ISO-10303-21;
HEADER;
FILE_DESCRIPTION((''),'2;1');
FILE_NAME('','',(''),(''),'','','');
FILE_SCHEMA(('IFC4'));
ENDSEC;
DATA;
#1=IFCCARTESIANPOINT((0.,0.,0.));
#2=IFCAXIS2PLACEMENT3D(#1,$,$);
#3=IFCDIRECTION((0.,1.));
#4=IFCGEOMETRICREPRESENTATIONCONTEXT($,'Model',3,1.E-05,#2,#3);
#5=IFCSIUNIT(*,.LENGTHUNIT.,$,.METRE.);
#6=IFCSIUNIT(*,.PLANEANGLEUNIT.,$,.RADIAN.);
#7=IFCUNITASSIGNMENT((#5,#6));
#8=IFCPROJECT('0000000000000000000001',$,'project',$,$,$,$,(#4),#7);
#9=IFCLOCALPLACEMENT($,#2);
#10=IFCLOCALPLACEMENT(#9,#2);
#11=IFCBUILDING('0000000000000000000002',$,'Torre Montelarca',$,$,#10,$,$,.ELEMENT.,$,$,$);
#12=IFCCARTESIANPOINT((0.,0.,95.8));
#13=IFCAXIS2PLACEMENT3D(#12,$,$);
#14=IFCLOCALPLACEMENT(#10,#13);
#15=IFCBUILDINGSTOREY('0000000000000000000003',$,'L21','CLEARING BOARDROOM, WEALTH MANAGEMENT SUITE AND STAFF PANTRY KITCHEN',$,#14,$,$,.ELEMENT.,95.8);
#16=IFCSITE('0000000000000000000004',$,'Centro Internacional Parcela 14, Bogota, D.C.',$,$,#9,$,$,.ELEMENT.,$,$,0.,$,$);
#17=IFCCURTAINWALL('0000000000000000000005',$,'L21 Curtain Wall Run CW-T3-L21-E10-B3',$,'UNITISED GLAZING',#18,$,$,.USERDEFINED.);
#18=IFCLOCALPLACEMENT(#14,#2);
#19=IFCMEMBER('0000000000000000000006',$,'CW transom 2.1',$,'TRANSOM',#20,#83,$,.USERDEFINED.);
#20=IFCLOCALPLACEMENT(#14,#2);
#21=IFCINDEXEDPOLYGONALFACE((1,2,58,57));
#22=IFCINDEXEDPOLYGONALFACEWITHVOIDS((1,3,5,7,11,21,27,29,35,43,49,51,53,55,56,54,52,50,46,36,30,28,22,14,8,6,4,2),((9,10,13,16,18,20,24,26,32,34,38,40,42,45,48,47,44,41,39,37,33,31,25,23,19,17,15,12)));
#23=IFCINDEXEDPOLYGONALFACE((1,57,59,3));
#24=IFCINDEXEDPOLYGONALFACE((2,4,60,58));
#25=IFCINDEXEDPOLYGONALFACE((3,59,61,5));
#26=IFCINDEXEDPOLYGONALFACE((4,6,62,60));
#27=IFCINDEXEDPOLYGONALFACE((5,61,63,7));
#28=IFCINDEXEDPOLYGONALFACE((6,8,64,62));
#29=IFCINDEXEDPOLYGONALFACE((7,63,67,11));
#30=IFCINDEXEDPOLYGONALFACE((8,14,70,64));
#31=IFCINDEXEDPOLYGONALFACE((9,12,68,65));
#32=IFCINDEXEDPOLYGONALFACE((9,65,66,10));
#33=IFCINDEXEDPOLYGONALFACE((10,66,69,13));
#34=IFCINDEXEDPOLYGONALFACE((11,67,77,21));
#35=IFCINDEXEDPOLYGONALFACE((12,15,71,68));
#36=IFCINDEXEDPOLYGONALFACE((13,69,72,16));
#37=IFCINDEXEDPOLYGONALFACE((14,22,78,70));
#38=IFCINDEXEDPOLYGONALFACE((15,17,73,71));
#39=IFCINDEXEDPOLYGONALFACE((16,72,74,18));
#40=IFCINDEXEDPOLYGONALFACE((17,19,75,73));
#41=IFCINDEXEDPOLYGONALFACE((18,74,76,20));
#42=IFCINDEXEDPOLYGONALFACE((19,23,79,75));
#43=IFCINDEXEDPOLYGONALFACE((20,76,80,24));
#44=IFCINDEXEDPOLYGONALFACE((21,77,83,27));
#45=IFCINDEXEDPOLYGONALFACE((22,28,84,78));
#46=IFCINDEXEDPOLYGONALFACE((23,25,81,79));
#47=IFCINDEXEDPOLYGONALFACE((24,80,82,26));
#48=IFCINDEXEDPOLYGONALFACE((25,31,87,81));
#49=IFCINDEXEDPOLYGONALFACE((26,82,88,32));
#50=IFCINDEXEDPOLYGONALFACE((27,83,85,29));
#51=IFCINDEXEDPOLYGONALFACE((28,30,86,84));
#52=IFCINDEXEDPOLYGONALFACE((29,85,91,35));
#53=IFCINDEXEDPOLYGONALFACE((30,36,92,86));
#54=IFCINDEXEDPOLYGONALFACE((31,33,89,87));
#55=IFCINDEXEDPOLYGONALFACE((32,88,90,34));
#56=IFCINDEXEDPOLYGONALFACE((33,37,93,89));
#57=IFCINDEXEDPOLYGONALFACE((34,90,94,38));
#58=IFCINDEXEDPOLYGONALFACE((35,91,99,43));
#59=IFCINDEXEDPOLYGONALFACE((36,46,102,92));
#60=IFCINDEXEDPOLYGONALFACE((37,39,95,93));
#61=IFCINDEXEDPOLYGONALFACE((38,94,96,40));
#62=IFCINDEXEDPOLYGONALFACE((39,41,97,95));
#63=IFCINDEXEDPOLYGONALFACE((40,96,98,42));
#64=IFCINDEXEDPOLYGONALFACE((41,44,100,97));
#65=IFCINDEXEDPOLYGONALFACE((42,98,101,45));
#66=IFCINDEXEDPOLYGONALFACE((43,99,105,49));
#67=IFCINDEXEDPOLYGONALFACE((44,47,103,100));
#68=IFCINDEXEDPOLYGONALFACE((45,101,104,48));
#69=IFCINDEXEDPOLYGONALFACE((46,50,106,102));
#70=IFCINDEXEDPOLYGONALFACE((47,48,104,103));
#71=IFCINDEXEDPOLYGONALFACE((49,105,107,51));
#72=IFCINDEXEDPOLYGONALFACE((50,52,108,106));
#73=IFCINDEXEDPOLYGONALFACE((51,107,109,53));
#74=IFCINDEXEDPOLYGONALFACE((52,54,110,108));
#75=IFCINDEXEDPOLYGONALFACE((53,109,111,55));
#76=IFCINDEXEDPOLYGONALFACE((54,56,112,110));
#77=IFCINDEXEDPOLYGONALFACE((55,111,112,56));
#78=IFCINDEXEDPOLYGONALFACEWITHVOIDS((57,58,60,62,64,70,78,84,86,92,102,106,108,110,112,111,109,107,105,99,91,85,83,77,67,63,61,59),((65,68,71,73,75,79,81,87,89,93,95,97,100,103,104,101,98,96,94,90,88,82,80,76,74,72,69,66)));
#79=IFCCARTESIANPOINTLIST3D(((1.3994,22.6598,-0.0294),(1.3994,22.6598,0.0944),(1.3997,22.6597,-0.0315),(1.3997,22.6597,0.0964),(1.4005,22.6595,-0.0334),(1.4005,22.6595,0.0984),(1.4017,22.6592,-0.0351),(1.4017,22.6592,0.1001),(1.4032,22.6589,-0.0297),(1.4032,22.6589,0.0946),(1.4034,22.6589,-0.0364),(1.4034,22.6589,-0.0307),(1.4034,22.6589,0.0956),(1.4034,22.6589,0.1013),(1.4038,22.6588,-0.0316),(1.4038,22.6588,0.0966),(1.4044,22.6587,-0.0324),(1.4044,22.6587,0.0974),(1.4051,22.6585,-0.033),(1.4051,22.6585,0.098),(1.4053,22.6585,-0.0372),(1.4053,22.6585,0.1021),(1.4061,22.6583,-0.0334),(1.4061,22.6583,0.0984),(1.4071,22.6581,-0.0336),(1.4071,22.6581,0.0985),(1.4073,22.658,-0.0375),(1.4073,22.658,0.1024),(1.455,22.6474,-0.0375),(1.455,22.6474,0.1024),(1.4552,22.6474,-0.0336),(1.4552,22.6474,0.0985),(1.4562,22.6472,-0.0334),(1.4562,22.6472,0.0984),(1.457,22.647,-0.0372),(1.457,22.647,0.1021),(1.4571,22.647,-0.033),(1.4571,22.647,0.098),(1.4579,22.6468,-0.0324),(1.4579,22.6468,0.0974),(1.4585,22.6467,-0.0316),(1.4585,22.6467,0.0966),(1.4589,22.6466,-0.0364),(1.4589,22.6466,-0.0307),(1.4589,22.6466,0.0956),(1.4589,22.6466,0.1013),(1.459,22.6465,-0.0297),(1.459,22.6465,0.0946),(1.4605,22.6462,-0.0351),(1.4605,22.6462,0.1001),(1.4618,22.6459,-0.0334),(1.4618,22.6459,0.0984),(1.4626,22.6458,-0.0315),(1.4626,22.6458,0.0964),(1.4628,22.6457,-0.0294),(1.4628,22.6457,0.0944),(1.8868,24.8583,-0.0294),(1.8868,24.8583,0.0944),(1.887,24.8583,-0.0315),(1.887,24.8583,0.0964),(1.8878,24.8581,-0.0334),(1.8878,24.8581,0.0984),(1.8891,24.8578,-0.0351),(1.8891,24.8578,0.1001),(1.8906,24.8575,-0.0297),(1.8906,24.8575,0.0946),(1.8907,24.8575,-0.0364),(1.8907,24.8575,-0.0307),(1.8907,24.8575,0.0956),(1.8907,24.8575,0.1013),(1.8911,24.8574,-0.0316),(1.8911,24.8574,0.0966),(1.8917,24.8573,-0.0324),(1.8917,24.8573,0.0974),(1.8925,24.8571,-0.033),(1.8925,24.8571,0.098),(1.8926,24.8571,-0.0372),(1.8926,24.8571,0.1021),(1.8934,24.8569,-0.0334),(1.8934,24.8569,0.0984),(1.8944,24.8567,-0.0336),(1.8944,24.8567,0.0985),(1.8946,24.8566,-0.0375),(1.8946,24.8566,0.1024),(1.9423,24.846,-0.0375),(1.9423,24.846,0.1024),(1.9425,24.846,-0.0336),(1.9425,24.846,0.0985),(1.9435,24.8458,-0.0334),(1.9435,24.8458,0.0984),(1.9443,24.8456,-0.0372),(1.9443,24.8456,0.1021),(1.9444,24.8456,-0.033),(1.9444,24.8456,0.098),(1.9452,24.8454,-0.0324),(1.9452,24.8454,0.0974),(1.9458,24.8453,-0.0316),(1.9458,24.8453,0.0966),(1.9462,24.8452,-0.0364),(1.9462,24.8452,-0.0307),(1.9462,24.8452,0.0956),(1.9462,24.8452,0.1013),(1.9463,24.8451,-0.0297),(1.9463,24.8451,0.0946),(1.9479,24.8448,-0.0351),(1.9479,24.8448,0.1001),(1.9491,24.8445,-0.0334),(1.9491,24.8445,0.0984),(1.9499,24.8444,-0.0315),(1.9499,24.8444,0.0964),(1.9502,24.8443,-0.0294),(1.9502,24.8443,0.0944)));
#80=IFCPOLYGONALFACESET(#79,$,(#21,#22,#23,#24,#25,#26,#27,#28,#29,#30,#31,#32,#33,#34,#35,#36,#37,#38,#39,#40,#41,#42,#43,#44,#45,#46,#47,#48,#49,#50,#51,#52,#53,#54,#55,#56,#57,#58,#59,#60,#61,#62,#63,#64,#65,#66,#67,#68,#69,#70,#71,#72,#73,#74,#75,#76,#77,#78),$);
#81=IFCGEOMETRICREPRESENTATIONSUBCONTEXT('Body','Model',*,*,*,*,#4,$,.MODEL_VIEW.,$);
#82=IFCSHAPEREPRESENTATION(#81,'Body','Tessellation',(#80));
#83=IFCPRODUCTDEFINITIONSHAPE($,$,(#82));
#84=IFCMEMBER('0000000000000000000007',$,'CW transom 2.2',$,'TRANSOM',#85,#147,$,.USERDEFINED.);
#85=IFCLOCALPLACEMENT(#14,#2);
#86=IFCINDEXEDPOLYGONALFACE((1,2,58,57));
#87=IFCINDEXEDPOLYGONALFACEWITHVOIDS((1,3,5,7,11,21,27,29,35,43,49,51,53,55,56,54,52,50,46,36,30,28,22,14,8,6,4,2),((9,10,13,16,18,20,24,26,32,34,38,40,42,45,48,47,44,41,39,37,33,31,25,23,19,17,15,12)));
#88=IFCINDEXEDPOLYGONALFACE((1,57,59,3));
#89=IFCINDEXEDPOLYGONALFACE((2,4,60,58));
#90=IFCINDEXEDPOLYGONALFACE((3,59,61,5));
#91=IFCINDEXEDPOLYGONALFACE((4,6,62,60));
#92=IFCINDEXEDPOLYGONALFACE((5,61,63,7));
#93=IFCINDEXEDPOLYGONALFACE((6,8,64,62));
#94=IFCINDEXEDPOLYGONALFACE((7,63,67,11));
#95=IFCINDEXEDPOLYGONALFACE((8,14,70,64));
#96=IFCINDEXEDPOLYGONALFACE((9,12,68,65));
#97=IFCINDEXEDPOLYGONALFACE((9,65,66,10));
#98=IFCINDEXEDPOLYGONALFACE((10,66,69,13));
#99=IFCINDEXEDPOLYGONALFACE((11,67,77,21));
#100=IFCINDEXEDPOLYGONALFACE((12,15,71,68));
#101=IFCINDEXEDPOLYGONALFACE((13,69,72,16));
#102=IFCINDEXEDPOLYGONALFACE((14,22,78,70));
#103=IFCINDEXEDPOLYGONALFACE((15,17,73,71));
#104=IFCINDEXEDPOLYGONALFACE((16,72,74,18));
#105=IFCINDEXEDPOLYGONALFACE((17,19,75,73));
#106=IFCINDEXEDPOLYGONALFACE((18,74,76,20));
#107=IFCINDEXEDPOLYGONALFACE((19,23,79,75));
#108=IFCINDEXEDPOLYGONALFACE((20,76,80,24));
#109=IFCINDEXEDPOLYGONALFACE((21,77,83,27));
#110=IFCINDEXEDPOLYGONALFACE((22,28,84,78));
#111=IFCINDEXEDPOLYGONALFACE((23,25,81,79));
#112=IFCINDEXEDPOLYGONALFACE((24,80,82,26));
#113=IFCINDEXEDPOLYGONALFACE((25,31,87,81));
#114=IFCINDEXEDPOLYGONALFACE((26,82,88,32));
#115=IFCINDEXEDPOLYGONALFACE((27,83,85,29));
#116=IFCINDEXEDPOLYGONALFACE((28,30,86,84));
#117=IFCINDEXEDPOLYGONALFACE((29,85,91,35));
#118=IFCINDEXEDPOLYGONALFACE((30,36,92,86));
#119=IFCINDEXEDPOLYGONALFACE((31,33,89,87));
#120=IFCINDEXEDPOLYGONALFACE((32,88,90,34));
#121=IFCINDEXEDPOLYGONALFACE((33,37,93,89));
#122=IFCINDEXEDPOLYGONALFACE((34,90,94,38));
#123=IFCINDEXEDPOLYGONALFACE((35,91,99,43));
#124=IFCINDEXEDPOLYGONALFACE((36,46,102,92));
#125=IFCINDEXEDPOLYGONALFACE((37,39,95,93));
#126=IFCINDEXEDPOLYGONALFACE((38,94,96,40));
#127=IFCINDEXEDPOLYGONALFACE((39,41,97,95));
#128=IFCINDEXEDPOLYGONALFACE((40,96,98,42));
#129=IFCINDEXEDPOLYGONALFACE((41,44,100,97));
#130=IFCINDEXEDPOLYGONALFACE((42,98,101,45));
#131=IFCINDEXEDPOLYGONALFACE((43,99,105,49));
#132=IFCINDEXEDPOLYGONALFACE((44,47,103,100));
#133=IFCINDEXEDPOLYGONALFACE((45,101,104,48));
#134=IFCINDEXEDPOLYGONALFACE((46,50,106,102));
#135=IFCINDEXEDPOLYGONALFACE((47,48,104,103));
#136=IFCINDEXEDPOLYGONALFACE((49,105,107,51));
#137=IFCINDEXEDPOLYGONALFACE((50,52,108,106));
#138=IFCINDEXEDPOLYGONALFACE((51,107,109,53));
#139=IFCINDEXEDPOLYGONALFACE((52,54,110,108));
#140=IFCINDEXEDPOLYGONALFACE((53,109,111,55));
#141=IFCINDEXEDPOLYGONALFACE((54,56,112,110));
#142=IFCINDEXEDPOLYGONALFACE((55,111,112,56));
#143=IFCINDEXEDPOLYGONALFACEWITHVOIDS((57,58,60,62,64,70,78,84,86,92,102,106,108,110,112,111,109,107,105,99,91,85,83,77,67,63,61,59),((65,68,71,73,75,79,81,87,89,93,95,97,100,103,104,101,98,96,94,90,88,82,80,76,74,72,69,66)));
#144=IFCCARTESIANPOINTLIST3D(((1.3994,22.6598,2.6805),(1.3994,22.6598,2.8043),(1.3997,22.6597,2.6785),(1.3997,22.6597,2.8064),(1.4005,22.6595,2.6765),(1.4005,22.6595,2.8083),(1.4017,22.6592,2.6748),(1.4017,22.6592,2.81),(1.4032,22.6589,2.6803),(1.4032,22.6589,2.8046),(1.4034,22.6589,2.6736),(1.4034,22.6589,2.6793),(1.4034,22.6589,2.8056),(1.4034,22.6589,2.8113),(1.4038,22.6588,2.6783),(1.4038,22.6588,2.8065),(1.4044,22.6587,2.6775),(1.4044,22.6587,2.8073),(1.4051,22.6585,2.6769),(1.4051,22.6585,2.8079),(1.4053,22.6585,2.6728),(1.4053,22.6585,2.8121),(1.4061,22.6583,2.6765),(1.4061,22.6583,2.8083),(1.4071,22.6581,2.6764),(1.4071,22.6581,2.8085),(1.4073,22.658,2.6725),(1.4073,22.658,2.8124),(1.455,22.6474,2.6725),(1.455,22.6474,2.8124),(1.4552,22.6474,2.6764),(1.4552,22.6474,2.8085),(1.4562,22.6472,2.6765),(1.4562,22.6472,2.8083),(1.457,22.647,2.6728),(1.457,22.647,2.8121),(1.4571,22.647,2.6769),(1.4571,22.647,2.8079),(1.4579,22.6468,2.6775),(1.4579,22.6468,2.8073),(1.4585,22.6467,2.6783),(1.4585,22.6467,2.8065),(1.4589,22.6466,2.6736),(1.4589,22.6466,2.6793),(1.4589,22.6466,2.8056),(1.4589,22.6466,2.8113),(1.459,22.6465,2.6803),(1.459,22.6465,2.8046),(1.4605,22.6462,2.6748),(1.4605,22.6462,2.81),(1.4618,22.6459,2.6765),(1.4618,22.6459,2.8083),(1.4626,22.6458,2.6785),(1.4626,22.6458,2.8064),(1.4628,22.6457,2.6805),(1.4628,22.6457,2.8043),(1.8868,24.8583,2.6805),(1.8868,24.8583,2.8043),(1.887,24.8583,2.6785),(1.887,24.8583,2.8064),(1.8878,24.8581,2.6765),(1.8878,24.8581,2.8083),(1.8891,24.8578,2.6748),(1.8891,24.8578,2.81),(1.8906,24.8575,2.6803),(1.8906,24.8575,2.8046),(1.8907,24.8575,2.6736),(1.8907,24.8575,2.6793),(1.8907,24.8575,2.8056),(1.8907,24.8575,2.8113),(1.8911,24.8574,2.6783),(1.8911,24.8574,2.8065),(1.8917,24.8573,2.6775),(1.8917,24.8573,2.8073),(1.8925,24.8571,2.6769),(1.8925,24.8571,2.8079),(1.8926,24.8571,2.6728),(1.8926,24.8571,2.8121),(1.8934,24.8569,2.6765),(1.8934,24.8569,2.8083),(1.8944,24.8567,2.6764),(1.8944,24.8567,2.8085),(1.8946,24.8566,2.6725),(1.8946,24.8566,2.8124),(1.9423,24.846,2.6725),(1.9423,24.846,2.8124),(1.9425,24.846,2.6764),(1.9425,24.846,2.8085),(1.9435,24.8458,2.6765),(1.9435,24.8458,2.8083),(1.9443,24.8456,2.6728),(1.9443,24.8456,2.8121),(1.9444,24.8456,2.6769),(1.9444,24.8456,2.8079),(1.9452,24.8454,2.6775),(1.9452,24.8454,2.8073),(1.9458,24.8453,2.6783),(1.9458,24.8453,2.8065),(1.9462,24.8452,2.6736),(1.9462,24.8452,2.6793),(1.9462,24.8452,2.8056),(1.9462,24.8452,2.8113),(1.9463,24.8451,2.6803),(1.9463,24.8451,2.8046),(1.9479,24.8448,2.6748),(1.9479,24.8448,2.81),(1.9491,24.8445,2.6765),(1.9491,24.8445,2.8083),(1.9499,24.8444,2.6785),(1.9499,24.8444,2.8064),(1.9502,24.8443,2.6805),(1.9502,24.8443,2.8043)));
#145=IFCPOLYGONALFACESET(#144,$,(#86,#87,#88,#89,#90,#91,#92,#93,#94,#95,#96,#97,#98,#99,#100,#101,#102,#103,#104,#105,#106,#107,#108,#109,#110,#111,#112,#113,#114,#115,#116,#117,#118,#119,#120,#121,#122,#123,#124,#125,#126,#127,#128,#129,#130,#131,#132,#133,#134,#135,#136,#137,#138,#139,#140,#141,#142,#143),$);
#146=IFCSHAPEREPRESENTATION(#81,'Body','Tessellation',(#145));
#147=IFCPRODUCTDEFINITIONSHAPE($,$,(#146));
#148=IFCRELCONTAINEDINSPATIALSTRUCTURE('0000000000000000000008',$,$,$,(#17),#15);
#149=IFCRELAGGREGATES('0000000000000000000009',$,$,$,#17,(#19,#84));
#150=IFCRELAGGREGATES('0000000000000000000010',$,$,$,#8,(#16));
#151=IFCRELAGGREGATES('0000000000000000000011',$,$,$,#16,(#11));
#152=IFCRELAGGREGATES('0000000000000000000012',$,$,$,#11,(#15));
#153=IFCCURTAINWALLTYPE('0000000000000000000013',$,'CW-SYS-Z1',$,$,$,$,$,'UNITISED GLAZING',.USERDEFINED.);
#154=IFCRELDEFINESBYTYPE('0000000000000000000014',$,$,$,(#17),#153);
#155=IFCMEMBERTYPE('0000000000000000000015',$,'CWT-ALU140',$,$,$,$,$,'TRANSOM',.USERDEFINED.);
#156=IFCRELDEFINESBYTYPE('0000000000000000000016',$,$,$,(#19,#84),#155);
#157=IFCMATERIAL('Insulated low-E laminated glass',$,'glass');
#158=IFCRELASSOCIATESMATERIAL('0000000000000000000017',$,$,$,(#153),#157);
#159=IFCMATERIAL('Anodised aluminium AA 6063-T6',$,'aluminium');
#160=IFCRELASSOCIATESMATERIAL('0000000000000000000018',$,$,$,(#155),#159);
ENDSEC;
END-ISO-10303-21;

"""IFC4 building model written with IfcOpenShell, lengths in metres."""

from ifc_helpers import new_model, si_unit, direction, frame, origin, origin_2d, place, context, subcontext, project, spatial, hollow_rectangle, extrude, source, transform, mapped, material, material_profile, profile_set, type_object, element, aggregate, save


model = new_model("IFC4")

# Units and contexts
model_context = context("Model", 3, precision=1e-05, world=origin(), true_north=direction((0.0, 1.0)))
body_context = subcontext(model_context, "Body", "Model", "MODEL_VIEW")
ifc_project = project(units=[si_unit("LENGTHUNIT", "METRE"), si_unit("PLANEANGLEUNIT", "RADIAN")], contexts=[model_context])

# Site, building, storey
site_placement = place(None, origin())
site = spatial("IfcSite", under=ifc_project, at=site_placement, Name="Centro Internacional Parcela 14, Bogota, D.C.", CompositionType="ELEMENT", RefElevation=0.0)
building_placement = place(site_placement, origin())
building = spatial("IfcBuilding", under=site, at=building_placement, Name="Torre Montelarca", CompositionType="ELEMENT")
storey_placement = place(building_placement, frame((0.0, 0.0, 95.8)))
storey = spatial("IfcBuildingStorey", under=building, at=storey_placement, Name="L21", Description="CLEARING BOARDROOM, WEALTH MANAGEMENT SUITE AND STAFF PANTRY KITCHEN", CompositionType="ELEMENT", Elevation=95.8)

# Curtain wall, members
ifc_material_1 = material(Name="Insulated low-E laminated glass", Category="glass")
curtain_wall_type = type_object("IfcCurtainWallType", Name="CW-SYS-Z1", ElementType="UNITISED GLAZING", PredefinedType="USERDEFINED", material=ifc_material_1)
curtain_wall_1_placement = place(storey_placement, origin())
curtain_wall_1 = element("IfcCurtainWall", 1, at=curtain_wall_1_placement, inside=storey, type_object=curtain_wall_type, Name="L21 Curtain Wall Run CW-T3-L21-E10-B3", ObjectType="UNITISED GLAZING", PredefinedType="USERDEFINED")
ifc_material_2 = material(Name="Anodised aluminium AA 6063-T6", Category="aluminium")
ifc_material_profile_1 = material_profile(ifc_material_2, hollow_rectangle(XDim=0.0649, YDim=0.1399, WallThickness=0.0039, InnerFilletRadius=0.0039, OuterFilletRadius=0.0081, at=origin_2d()), Name="ALU65X140X4", Category="aluminium")
ifc_profile_set_1 = profile_set([ifc_material_profile_1], Name="Anodised aluminium AA 6063-T6")
member_type_1 = type_object("IfcMemberType", Name="CWT-ALU140", ElementType="TRANSOM", PredefinedType="USERDEFINED", material=ifc_profile_set_1)
shared_shape_1 = source(origin(), body_context, "Body", "SweptSolid", [
    extrude(hollow_rectangle(XDim=0.0649, YDim=0.1399, WallThickness=0.0039, InnerFilletRadius=0.0039, OuterFilletRadius=0.0081, at=origin_2d()), origin(), (0.0, 0.0, 1.0), 2.252),
])
member_1_placement = place(storey_placement, frame((1.9185, 24.8513, 0.0325), z_axis=(-0.216402, -0.976304, 0.0), x_axis=(0.976304, -0.216402, 0.0)))
member_1 = element("IfcMember", 2, at=member_1_placement, type_object=member_type_1, Name="CW transom 2.1", ObjectType="TRANSOM", PredefinedType="USERDEFINED", context=body_context, shape_type="MappedRepresentation", body=[
    mapped(shared_shape_1, transform((0.0, 0.0, 0.0), scale=1.0)),
])
member_2_placement = place(storey_placement, frame((1.9185, 24.8513, 2.7424), z_axis=(-0.216402, -0.976304, 0.0), x_axis=(0.976304, -0.216402, 0.0)))
member_2 = element("IfcMember", 3, at=member_2_placement, type_object=member_type_1, Name="CW transom 2.2", ObjectType="TRANSOM", PredefinedType="USERDEFINED", context=body_context, shape_type="MappedRepresentation", body=[
    mapped(shared_shape_1, transform((0.0, 0.0, 0.0), scale=1.0)),
])

aggregate(curtain_wall_1, [member_1, member_2])

save(model, "model.ifc")
